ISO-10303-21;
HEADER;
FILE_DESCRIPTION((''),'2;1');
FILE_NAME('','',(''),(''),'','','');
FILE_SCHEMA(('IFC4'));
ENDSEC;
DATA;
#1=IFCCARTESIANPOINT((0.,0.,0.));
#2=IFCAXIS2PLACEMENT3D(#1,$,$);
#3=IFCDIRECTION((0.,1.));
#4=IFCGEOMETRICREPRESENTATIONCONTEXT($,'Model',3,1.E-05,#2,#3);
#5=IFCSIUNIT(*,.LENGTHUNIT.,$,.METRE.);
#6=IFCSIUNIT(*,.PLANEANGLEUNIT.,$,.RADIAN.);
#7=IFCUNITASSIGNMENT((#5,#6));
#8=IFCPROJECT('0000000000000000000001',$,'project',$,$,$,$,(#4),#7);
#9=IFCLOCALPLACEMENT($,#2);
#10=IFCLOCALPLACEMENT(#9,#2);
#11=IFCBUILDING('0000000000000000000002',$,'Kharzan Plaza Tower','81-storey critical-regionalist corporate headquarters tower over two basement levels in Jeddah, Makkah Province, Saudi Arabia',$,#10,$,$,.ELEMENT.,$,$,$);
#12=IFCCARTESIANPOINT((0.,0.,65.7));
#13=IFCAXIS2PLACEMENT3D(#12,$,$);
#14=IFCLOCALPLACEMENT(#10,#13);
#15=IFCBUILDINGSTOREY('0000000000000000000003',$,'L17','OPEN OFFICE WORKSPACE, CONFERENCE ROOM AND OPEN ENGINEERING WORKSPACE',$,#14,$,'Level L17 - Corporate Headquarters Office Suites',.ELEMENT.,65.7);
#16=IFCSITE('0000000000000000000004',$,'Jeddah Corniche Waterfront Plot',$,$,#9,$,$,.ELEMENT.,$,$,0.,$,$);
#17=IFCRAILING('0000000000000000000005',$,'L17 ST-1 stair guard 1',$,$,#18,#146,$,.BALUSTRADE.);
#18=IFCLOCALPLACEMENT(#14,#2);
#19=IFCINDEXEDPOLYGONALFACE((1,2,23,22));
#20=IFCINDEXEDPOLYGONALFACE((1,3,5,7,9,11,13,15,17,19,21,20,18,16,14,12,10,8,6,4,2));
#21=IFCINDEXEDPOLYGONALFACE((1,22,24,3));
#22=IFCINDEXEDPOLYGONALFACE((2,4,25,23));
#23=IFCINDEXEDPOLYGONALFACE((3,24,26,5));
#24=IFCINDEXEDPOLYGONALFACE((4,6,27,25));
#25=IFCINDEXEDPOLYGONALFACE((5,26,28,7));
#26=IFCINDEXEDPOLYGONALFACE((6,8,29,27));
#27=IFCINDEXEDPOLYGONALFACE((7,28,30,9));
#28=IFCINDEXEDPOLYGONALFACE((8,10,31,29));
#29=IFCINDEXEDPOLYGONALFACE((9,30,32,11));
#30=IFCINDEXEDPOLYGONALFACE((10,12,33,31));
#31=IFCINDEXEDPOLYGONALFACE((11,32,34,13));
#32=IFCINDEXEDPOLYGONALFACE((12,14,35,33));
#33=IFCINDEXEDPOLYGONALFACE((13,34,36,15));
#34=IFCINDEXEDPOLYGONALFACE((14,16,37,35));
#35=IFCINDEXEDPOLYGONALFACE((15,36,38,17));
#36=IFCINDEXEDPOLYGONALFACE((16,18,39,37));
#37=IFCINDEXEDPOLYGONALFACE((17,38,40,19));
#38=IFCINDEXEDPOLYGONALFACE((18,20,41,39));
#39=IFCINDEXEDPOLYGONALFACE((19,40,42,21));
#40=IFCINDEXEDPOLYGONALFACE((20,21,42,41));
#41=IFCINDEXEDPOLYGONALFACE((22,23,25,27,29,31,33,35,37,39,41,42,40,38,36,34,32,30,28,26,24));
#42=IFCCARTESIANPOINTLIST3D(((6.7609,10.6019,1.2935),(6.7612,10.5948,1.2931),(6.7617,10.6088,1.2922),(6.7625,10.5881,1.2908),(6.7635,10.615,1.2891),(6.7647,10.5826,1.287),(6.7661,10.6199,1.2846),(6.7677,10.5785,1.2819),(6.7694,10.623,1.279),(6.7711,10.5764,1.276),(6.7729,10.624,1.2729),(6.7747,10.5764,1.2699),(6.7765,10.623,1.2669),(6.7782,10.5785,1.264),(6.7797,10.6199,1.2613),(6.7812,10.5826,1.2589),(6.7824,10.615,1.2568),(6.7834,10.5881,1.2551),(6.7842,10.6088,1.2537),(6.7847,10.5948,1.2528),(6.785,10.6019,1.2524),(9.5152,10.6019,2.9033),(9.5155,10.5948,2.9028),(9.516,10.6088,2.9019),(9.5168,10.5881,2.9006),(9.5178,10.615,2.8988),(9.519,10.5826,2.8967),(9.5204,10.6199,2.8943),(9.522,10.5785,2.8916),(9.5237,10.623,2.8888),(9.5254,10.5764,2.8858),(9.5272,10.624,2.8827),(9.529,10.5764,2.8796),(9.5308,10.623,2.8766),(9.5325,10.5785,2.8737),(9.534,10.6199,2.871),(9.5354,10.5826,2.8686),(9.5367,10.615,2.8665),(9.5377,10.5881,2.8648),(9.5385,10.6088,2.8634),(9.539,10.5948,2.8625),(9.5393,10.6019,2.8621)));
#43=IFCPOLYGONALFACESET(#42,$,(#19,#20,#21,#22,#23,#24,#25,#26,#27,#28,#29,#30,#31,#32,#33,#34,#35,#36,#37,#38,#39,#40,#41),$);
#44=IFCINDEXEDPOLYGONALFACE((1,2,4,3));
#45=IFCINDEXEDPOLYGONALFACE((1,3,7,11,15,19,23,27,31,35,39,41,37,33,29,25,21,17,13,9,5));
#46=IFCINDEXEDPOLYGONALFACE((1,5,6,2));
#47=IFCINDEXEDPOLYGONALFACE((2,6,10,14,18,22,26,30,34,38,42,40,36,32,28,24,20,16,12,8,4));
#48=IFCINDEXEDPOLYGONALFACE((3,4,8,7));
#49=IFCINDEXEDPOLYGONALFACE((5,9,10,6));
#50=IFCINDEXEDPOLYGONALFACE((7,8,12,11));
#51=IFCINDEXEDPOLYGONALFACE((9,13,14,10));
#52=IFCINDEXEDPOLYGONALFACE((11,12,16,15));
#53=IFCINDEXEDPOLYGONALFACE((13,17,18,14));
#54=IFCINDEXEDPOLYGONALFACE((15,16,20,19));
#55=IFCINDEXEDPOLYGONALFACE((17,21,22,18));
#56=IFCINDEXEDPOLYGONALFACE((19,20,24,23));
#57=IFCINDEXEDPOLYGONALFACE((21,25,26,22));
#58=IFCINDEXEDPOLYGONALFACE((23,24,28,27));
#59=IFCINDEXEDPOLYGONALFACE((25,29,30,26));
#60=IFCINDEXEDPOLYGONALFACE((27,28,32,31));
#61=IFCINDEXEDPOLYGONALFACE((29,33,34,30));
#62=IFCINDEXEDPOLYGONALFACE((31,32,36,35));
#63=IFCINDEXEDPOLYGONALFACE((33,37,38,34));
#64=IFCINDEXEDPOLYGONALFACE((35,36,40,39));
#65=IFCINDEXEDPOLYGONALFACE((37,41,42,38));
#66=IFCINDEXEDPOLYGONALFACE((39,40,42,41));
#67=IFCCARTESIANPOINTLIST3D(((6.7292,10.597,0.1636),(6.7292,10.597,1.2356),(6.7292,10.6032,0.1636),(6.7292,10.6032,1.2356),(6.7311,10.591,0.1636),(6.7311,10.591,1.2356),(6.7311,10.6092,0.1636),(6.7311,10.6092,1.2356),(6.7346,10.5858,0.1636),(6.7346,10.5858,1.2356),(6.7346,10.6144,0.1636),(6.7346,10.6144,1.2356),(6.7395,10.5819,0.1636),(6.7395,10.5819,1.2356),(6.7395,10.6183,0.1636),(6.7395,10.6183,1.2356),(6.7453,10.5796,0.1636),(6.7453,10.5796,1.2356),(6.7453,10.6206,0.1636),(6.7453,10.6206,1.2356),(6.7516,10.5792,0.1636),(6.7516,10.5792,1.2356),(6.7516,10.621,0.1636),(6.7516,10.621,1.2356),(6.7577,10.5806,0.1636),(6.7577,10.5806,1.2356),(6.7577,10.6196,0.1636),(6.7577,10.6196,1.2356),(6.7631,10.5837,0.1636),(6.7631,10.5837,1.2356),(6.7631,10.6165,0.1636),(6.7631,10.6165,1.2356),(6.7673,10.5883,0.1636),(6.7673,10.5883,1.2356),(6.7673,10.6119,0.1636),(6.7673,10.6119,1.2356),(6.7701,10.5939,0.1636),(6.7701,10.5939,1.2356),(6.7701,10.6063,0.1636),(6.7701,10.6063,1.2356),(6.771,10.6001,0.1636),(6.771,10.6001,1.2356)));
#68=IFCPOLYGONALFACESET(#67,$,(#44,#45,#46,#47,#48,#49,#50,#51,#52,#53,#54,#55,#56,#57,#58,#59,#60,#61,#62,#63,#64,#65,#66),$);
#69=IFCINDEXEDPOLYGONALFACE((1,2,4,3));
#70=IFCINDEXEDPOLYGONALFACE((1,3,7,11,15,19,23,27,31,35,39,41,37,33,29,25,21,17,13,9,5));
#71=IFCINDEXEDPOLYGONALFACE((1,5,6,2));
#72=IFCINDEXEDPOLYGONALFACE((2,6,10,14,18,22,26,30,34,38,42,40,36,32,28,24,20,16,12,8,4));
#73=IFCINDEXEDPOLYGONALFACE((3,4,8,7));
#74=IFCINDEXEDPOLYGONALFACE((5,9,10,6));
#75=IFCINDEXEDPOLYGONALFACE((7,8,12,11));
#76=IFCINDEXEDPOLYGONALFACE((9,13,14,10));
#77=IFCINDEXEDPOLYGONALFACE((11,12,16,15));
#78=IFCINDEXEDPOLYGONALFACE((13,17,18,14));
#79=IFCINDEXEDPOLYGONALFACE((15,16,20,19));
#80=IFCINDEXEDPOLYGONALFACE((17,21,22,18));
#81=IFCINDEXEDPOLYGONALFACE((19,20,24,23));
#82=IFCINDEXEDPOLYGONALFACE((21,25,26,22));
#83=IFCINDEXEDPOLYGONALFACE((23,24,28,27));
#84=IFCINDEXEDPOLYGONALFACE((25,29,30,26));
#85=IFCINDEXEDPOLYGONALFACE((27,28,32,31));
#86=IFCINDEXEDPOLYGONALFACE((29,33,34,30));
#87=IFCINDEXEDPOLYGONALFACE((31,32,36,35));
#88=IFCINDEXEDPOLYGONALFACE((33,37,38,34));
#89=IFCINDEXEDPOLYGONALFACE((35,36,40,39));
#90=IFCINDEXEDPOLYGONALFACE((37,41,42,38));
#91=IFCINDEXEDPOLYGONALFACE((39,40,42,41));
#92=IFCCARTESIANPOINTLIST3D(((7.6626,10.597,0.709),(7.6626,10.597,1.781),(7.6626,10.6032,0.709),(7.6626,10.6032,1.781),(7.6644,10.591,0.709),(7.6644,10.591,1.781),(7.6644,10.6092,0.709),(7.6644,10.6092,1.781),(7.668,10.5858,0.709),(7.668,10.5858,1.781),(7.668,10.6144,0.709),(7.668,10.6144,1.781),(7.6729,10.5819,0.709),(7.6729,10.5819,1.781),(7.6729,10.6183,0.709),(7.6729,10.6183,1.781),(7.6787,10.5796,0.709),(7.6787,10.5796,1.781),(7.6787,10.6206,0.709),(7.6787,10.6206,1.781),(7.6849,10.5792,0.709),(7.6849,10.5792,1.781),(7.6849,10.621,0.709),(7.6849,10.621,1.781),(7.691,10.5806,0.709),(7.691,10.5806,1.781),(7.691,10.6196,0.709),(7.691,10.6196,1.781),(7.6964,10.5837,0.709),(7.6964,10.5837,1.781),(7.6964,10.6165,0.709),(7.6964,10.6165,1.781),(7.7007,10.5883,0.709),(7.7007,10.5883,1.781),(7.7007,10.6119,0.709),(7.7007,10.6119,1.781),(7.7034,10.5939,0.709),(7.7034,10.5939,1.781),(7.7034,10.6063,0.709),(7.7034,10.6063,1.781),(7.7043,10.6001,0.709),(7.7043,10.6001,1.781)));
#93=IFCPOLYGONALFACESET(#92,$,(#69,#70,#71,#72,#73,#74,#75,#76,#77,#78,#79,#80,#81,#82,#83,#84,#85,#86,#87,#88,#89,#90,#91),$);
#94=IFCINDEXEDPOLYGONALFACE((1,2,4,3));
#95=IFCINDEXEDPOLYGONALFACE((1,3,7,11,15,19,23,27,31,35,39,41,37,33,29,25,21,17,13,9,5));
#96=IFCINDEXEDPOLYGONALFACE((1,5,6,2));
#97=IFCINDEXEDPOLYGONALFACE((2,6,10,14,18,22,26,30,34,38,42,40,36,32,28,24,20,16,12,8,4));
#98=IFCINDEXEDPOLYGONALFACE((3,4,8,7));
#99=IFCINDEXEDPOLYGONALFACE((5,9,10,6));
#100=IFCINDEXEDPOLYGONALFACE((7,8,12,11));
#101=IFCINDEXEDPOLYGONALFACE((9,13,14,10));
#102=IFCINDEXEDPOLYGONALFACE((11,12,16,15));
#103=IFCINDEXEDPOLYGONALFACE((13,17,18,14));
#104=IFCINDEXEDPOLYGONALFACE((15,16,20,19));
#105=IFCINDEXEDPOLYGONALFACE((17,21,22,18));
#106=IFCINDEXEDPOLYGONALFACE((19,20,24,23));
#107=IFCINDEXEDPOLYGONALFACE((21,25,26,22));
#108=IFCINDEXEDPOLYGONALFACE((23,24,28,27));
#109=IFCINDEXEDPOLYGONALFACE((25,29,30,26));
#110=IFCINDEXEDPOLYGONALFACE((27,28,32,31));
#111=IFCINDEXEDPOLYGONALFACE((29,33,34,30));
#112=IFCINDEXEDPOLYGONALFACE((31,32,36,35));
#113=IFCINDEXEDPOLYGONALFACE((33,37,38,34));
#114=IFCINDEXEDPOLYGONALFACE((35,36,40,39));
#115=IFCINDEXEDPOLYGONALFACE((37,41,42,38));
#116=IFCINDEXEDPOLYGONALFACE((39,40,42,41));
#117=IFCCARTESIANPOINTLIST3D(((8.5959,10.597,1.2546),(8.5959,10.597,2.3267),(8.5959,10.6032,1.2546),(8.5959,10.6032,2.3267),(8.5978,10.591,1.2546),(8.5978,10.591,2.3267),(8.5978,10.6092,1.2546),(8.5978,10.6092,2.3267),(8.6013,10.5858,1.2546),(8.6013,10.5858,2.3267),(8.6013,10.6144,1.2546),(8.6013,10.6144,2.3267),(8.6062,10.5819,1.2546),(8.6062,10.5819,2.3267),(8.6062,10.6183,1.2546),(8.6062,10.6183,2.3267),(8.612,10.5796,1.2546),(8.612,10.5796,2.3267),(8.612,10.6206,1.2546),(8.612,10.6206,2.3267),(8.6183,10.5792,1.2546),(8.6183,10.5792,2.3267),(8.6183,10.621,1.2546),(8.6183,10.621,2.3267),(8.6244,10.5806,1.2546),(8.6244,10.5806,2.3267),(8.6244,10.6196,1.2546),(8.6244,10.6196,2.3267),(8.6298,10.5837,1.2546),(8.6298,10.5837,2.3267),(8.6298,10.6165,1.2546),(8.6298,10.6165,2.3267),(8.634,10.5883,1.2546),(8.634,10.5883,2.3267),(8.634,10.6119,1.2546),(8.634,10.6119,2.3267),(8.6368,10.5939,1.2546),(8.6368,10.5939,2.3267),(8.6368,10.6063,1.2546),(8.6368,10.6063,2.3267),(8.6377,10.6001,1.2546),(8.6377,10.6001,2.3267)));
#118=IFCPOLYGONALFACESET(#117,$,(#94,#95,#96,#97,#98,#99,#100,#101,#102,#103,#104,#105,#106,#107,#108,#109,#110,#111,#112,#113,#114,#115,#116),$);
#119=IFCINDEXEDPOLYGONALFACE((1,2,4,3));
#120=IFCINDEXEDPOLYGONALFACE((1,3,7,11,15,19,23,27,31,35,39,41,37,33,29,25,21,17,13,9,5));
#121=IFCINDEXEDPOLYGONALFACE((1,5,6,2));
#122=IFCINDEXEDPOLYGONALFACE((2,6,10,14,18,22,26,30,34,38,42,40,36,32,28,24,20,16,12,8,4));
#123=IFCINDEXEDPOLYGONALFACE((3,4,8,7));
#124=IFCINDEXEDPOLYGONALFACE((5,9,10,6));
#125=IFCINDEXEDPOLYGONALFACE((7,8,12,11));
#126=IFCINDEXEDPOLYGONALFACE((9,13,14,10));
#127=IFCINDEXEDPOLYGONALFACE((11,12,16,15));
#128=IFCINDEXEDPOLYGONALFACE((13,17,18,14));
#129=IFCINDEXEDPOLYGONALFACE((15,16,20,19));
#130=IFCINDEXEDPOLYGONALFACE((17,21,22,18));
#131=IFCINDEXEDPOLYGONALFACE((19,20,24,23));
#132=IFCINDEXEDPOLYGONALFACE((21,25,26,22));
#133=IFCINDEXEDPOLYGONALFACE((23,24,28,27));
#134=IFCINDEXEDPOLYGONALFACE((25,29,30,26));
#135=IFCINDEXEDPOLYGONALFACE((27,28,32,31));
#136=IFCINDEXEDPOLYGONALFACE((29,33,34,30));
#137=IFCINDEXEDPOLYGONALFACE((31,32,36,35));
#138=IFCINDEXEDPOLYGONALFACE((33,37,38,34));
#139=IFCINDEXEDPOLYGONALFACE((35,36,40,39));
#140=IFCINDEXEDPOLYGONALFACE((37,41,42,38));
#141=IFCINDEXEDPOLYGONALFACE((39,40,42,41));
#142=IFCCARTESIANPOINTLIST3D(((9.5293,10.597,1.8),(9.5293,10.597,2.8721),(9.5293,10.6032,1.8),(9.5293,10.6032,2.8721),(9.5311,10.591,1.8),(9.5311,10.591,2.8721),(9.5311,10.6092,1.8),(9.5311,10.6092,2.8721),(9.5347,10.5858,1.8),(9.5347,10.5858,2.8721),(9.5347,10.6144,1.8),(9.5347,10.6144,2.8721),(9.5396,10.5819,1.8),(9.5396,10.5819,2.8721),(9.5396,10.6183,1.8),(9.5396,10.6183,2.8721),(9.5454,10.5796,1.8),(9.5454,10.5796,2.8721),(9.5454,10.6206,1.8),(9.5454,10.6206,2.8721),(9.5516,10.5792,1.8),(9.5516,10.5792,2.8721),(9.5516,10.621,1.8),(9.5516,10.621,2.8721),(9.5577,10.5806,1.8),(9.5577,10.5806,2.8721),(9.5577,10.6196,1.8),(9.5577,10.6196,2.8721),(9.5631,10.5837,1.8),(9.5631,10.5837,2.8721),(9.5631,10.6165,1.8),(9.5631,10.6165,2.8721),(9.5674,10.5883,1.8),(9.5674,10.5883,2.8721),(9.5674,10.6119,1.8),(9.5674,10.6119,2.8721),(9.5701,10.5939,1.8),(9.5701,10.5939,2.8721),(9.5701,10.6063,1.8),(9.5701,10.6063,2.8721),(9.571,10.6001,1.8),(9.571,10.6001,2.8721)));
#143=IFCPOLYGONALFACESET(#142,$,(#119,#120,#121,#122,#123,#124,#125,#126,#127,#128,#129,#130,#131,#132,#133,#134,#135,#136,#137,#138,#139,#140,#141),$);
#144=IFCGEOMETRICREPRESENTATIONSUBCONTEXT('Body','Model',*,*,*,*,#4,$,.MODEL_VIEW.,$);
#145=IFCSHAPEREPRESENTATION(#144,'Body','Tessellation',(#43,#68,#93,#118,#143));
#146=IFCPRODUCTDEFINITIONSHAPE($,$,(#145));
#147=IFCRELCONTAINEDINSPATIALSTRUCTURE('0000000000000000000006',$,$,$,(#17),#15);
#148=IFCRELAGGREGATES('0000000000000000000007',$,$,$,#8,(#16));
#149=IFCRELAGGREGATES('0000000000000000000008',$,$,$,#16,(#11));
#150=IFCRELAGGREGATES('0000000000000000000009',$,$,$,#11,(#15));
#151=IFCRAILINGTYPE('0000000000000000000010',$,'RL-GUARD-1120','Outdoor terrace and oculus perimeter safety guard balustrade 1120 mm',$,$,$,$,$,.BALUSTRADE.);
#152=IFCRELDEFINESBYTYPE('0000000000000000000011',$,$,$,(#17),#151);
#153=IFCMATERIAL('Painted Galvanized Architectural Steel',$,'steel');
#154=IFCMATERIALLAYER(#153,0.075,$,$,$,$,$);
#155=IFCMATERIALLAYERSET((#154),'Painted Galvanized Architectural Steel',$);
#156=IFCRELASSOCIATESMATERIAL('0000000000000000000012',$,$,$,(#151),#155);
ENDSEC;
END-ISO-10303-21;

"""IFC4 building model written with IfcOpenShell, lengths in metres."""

from ifc_helpers import new_model, si_unit, direction, frame, origin, origin_2d, place, context, subcontext, project, spatial, circle, extrude, source, transform, mapped, material, layer, layer_set, type_object, element, save


model = new_model("IFC4")

# Units and contexts
model_context = context("Model", 3, precision=1e-05, world=origin(), true_north=direction((0.0, 1.0)))
body_context = subcontext(model_context, "Body", "Model", "MODEL_VIEW")
ifc_project = project(units=[si_unit("LENGTHUNIT", "METRE"), si_unit("PLANEANGLEUNIT", "RADIAN")], contexts=[model_context])

# Site, building, storey
site_placement = place(None, origin())
site = spatial("IfcSite", under=ifc_project, at=site_placement, Name="Jeddah Corniche Waterfront Plot", CompositionType="ELEMENT", RefElevation=0.0)
building_placement = place(site_placement, origin())
building = spatial("IfcBuilding", under=site, at=building_placement, Name="Kharzan Plaza Tower", Description="81-storey critical-regionalist corporate headquarters tower over two basement levels in Jeddah, Makkah Province, Saudi Arabia", CompositionType="ELEMENT")
storey_placement = place(building_placement, frame((0.0, 0.0, 65.7)))
storey = spatial("IfcBuildingStorey", under=building, at=storey_placement, Name="L17", Description="OPEN OFFICE WORKSPACE, CONFERENCE ROOM AND OPEN ENGINEERING WORKSPACE", LongName="Level L17 - Corporate Headquarters Office Suites", CompositionType="ELEMENT", Elevation=65.7)

# Railing
ifc_material_1 = material(Name="Painted Galvanized Architectural Steel", Category="steel")
ifc_layer_1 = layer(ifc_material_1, 0.075)
ifc_layer_set_1 = layer_set([ifc_layer_1], Name="Painted Galvanized Architectural Steel")
railing_type_1 = type_object("IfcRailingType", Name="RL-GUARD-1120", Description="Outdoor terrace and oculus perimeter safety guard balustrade 1120 mm", PredefinedType="BALUSTRADE", material=ifc_layer_set_1)
shared_shape_1 = source(origin(), body_context, "Body", "SweptSolid", [
    extrude(circle(Radius=0.0239, at=origin_2d()), frame((0.0229, 0.0, 1.1094), z_axis=(0.863361, 0.0, 0.504587), x_axis=(0.0, 1.0, 0.0)), (0.0, 0.0, 1.0), 3.1902),
    extrude(circle(Radius=0.021, at=origin_2d()), origin(), (0.0, 0.0, 1.0), 1.072),
    extrude(circle(Radius=0.021, at=origin_2d()), frame((0.9333, 0.0, 0.5454)), (0.0, 0.0, 1.0), 1.072),
    extrude(circle(Radius=0.021, at=origin_2d()), frame((1.8667, 0.0, 1.0911)), (0.0, 0.0, 1.0), 1.072),
    extrude(circle(Radius=0.021, at=origin_2d()), frame((2.8, 0.0, 1.6365)), (0.0, 0.0, 1.0), 1.072),
])
railing_1_placement = place(storey_placement, frame((6.75, 10.6001, 0.1636)))
element("IfcRailing", 1, at=railing_1_placement, inside=storey, type_object=railing_type_1, Name="L17 ST-1 stair guard 1", PredefinedType="BALUSTRADE", context=body_context, shape_type="MappedRepresentation", body=[
    mapped(shared_shape_1, transform((0.0, 0.0, 0.0), x_axis=(1.0, 0.0, 0.0), y_axis=(0.0, 1.0, 0.0), z_axis=(0.0, 0.0, 1.0))),
])

save(model, "model.ifc")
